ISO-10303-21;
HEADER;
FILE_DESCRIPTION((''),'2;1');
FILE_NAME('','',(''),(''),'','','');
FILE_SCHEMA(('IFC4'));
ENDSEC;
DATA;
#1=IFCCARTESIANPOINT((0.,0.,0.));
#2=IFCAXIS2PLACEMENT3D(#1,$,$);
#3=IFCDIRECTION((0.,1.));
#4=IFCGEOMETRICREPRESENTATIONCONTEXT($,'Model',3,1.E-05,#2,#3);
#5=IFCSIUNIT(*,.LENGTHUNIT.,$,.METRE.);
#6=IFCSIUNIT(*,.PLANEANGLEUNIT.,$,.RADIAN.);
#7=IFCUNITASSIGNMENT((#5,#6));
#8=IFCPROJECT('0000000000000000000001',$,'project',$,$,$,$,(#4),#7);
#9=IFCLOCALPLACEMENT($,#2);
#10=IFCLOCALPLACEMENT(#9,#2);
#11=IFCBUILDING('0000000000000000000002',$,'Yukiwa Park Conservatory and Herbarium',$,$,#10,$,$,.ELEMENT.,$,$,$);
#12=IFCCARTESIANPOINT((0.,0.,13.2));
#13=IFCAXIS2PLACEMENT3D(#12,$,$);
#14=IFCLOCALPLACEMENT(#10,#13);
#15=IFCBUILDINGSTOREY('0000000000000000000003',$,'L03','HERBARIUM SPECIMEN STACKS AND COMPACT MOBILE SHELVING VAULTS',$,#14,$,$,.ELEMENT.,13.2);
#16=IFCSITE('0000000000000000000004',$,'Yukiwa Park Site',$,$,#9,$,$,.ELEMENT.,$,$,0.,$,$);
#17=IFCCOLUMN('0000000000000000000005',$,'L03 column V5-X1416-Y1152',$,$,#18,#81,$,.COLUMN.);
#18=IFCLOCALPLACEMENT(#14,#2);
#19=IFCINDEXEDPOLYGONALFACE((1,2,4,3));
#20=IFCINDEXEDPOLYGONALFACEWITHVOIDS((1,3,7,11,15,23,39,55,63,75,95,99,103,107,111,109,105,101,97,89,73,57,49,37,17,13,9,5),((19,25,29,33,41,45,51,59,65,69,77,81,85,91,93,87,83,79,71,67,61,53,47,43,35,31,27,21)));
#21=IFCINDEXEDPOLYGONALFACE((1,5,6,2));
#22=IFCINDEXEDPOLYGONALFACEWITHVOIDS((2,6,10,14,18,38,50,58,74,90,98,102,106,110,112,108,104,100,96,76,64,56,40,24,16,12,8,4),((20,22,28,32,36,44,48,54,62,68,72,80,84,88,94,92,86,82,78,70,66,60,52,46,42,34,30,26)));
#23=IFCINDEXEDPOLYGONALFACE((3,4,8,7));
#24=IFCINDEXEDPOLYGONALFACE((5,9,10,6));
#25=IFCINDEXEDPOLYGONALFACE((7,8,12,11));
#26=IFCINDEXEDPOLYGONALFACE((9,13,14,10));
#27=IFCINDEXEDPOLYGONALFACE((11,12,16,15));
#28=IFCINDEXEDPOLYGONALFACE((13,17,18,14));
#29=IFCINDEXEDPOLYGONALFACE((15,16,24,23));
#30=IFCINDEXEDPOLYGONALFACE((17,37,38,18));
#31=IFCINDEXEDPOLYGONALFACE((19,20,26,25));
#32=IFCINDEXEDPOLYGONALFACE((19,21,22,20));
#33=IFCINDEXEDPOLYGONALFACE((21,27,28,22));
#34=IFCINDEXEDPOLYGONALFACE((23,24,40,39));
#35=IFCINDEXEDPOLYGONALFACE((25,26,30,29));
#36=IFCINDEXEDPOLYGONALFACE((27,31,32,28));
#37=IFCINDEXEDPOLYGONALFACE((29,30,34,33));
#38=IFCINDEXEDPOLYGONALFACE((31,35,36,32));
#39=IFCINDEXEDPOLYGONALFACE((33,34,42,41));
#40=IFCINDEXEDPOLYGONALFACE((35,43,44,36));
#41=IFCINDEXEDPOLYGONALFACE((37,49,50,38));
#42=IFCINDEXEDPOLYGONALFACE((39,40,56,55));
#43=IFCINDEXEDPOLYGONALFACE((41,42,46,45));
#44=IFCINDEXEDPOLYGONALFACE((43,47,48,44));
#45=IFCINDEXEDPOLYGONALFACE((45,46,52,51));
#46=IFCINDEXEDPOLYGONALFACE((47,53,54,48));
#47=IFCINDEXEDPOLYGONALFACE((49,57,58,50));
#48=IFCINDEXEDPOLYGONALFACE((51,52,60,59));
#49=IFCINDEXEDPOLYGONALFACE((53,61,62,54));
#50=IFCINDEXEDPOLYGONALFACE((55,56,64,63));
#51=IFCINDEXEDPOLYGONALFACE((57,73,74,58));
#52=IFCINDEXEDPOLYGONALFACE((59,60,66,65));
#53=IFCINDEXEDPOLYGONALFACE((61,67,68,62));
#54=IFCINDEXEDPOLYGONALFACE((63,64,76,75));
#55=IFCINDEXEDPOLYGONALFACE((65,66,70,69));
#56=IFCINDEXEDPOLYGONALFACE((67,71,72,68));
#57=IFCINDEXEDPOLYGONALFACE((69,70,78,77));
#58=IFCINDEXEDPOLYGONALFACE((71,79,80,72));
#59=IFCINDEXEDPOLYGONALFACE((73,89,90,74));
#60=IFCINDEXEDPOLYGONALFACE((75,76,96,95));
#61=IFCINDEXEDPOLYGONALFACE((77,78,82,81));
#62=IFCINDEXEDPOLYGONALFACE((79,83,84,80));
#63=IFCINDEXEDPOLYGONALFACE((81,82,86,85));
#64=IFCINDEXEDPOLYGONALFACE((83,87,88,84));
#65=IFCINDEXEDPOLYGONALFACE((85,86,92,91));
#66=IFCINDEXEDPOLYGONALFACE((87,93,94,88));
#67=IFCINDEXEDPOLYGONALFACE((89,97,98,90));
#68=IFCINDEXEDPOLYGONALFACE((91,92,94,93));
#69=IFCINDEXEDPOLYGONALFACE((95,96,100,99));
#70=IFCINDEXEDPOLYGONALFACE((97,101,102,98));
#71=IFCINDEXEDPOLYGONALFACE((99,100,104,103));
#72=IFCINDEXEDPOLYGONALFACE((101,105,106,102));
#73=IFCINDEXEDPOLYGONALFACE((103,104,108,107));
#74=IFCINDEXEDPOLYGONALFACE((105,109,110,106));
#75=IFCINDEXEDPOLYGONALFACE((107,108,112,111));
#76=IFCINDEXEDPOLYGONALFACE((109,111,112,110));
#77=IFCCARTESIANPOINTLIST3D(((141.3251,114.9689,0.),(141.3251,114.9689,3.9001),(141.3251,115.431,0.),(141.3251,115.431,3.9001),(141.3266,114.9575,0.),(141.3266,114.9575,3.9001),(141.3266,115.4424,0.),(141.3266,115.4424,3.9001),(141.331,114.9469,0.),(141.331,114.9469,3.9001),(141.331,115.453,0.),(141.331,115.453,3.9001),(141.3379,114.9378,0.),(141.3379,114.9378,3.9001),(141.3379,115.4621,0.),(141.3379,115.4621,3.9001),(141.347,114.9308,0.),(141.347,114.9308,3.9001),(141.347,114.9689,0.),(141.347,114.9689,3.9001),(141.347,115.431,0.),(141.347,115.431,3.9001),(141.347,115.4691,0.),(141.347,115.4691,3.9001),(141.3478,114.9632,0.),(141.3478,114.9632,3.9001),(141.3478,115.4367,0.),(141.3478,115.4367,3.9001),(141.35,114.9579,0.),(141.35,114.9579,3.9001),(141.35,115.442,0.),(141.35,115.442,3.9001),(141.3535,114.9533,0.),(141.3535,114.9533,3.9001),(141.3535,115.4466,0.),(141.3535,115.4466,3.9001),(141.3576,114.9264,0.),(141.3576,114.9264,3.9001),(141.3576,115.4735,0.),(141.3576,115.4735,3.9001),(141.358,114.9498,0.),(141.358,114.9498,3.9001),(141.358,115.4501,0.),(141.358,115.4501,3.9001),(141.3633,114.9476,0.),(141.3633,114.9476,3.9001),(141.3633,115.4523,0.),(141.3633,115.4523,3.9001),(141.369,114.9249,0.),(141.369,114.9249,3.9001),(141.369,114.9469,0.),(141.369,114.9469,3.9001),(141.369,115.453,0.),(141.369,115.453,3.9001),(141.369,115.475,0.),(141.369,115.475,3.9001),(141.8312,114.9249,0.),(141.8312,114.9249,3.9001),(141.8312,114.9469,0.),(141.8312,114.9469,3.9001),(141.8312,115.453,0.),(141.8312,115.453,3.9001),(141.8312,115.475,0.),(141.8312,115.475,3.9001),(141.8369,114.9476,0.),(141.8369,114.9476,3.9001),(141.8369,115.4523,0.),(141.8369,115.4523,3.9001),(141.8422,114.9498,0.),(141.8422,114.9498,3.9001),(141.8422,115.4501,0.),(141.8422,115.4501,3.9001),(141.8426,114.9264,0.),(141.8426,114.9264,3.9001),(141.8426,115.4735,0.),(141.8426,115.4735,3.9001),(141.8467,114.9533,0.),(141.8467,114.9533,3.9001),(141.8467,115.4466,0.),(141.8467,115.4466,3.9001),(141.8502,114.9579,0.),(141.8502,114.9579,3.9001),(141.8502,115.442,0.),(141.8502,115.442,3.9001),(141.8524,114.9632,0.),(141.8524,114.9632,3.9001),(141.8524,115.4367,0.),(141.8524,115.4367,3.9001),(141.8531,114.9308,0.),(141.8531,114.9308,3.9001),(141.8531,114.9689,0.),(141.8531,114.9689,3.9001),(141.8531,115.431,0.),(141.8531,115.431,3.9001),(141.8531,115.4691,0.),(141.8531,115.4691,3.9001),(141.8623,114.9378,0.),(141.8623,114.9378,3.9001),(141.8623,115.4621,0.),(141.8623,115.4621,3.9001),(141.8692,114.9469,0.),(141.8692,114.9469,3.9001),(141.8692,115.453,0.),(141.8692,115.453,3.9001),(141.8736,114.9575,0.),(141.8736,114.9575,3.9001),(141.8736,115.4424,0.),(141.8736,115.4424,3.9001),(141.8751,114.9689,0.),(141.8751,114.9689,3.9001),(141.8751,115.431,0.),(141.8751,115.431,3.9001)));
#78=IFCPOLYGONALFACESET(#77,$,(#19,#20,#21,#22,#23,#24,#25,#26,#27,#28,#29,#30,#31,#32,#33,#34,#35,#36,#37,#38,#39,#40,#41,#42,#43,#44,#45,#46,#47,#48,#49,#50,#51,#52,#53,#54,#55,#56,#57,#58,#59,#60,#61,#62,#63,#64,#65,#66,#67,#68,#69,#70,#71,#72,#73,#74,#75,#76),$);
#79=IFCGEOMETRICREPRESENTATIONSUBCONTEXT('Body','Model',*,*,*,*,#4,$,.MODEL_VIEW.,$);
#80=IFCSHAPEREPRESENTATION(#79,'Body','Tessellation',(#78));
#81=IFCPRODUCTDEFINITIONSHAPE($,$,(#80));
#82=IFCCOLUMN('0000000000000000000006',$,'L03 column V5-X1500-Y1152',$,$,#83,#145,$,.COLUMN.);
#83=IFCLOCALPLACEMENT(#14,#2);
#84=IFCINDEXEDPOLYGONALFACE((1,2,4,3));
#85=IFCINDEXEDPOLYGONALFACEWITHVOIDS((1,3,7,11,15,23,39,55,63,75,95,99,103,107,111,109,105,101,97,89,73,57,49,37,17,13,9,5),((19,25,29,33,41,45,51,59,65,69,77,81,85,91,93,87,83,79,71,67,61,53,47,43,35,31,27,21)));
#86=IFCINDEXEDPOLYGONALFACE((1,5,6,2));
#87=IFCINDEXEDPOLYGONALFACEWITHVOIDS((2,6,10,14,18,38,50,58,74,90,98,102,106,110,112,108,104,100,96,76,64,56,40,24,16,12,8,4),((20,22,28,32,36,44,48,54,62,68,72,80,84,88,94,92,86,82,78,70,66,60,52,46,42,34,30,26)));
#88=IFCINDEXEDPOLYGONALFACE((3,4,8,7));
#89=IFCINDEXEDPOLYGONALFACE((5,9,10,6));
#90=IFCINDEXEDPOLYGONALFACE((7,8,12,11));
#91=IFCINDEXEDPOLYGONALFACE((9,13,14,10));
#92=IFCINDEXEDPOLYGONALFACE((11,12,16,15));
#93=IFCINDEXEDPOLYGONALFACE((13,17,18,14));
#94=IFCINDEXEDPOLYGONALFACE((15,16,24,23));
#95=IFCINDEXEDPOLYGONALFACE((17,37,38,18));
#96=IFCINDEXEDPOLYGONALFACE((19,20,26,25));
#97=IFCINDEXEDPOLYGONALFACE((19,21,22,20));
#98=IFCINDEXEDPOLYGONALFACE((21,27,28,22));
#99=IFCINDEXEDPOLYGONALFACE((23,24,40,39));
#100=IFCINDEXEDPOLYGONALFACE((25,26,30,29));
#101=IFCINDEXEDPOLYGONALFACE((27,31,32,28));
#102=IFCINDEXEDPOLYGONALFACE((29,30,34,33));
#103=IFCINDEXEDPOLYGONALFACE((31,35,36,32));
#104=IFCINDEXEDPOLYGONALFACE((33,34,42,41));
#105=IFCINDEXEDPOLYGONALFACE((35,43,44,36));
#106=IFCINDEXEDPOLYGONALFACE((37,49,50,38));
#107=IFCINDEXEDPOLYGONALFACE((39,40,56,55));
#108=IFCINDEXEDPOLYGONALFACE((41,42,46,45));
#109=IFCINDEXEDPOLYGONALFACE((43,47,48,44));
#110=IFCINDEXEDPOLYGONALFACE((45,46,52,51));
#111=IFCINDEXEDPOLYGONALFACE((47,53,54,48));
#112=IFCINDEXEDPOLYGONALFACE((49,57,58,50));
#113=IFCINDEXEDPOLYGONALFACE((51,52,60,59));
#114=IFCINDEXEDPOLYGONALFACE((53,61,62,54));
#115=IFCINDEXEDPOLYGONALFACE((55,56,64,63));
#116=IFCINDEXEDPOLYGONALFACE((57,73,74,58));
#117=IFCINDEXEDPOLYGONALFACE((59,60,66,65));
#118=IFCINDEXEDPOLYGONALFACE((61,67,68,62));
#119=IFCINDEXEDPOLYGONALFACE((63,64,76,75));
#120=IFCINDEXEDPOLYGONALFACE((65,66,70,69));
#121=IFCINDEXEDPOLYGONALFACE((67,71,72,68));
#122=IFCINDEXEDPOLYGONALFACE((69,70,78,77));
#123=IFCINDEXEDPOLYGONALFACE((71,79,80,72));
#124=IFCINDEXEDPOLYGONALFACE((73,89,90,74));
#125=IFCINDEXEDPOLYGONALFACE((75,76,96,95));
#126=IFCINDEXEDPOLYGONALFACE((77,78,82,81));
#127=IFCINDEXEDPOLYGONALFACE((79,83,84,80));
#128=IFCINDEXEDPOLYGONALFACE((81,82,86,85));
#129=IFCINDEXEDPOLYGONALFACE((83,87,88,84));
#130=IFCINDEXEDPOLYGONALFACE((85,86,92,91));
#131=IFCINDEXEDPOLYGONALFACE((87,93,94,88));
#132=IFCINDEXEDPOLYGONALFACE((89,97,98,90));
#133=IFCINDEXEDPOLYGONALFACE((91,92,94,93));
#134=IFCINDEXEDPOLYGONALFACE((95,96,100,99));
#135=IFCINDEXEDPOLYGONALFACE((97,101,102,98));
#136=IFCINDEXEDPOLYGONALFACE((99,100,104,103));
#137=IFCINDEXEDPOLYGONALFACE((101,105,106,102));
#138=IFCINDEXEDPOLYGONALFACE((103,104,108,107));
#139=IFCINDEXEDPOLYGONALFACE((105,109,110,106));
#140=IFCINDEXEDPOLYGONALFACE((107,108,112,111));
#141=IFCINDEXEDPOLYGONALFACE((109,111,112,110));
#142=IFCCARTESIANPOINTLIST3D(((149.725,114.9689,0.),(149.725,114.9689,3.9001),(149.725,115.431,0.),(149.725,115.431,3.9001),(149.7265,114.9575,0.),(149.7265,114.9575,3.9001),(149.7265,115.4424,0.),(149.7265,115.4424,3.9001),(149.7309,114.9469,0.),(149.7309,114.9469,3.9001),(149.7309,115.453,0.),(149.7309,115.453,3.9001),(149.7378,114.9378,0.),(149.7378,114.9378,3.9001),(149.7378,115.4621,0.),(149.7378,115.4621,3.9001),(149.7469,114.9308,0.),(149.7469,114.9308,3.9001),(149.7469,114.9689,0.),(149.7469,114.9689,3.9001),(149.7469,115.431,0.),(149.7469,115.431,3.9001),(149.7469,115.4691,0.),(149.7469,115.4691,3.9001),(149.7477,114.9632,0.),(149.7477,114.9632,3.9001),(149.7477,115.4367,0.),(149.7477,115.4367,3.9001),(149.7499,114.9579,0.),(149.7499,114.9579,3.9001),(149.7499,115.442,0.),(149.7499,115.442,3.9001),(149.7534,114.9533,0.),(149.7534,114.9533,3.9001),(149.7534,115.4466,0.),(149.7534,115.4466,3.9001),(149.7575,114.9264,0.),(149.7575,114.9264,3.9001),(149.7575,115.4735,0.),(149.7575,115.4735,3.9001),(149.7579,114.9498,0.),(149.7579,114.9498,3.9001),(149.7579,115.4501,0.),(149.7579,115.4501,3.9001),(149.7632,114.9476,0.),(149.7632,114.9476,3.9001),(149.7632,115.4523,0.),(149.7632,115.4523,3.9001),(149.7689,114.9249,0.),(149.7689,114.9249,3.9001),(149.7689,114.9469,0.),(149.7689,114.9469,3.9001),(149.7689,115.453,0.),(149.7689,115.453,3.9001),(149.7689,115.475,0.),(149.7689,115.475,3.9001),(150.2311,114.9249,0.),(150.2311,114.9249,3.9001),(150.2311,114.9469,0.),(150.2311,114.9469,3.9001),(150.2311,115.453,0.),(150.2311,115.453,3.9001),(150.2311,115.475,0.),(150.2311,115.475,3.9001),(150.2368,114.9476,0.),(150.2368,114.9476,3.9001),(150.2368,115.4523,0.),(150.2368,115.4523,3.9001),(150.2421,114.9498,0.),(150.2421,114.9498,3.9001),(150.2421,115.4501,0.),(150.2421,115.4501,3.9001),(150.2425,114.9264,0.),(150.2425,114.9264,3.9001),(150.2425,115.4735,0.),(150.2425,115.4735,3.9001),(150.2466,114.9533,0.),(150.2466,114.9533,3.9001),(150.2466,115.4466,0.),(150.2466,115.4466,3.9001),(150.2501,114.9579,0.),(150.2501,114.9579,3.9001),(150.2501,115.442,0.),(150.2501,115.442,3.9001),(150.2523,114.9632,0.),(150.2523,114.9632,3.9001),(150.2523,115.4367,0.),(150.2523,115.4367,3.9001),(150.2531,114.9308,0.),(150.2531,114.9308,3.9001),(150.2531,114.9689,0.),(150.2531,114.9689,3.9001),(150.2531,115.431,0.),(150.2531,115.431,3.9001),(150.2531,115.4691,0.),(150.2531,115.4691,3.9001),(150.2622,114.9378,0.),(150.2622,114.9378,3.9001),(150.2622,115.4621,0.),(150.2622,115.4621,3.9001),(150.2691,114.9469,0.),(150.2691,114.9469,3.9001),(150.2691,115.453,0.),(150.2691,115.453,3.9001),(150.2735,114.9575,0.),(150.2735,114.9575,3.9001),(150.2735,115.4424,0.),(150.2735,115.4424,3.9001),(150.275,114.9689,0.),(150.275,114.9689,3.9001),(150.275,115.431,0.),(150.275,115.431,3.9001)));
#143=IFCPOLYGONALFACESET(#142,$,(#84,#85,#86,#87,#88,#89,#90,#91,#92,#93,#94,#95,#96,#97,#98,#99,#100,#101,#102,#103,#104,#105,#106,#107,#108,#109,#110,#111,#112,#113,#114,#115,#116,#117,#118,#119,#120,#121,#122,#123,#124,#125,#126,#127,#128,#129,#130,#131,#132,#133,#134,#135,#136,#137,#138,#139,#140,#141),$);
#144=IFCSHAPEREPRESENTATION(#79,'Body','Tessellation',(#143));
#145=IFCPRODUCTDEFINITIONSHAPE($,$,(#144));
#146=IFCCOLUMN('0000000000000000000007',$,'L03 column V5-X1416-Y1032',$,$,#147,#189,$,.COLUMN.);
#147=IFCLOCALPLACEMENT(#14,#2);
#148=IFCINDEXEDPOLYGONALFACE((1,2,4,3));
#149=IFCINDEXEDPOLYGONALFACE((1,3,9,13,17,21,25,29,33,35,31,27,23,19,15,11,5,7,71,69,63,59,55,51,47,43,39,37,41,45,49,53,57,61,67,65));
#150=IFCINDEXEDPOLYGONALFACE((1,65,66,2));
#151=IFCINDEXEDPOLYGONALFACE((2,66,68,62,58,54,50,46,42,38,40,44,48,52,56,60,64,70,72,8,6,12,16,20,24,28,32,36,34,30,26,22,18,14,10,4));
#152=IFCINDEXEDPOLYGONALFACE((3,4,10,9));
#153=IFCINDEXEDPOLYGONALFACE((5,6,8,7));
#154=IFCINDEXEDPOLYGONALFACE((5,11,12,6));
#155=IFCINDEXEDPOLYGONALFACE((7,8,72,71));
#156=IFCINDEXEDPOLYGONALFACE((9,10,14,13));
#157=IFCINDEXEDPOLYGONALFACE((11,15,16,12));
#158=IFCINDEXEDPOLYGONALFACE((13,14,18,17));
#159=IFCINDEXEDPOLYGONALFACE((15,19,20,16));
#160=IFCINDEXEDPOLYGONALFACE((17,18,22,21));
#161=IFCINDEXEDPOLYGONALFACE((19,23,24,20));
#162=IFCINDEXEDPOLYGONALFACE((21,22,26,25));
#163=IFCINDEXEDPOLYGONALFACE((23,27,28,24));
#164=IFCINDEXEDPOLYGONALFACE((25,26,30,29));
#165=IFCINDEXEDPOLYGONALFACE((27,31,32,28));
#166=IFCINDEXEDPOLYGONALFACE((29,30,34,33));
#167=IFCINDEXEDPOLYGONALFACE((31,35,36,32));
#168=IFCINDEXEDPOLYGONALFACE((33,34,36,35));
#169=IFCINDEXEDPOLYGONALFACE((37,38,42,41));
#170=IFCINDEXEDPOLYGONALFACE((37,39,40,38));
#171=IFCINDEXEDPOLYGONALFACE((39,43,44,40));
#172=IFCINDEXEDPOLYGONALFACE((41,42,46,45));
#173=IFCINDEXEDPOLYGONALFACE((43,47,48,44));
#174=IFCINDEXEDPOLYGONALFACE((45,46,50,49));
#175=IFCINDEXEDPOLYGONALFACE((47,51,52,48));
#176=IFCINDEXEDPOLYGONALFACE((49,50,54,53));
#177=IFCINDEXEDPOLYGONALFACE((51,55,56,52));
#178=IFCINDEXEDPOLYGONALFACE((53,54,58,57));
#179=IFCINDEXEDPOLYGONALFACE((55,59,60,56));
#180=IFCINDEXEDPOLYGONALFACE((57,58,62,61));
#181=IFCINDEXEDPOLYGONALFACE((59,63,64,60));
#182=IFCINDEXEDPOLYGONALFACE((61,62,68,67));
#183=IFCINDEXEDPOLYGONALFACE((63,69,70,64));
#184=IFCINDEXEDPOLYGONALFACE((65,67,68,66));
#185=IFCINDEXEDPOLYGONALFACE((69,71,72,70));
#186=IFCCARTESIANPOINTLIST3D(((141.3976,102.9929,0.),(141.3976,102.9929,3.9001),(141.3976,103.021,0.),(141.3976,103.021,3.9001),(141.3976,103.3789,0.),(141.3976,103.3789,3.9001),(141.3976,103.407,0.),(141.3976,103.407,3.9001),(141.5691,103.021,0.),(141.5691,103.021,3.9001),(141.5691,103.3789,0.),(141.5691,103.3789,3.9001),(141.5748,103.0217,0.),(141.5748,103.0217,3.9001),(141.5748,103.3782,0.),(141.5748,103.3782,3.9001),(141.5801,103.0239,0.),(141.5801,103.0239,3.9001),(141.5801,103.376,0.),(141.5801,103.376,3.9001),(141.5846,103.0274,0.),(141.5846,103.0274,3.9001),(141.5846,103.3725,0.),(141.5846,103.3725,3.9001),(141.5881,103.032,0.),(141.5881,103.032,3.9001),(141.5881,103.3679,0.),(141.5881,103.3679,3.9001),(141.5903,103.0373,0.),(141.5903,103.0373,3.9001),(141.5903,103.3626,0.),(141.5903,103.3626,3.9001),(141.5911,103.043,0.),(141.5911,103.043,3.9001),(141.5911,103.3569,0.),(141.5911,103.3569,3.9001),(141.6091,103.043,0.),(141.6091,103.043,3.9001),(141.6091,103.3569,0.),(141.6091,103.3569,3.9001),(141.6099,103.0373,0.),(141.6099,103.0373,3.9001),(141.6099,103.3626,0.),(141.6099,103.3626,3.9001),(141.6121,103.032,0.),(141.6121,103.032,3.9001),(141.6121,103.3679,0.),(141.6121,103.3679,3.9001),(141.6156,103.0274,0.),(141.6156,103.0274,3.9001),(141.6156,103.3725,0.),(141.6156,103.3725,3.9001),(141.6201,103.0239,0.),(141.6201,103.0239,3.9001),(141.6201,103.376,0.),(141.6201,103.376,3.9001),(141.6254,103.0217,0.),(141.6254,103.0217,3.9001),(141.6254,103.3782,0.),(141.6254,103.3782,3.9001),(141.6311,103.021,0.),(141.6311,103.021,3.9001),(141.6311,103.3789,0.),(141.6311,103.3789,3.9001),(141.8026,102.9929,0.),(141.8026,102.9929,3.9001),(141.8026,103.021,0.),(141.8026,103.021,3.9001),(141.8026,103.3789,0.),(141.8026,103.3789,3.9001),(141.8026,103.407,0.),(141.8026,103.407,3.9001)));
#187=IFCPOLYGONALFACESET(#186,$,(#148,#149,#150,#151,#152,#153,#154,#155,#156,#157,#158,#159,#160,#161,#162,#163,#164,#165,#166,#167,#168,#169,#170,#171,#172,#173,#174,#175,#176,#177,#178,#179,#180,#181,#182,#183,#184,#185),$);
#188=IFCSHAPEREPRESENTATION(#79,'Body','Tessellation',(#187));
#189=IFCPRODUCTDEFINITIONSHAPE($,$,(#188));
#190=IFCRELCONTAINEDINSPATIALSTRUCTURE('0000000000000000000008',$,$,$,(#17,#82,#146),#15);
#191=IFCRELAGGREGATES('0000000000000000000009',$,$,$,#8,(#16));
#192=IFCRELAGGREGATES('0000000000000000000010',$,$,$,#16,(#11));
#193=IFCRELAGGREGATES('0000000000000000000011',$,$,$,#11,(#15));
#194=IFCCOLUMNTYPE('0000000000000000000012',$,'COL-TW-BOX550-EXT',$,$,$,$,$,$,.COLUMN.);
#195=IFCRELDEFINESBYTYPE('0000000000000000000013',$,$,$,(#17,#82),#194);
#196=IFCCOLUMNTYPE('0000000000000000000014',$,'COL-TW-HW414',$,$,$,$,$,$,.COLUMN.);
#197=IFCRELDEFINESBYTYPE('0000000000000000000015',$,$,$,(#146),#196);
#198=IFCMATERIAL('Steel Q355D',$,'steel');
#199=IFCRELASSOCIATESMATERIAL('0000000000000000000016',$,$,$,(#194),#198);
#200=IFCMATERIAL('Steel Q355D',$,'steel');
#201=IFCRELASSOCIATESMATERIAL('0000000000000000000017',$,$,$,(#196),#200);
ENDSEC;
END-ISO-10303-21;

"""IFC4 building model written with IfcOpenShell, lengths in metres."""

from ifc_helpers import new_model, si_unit, direction, frame, origin, origin_2d, place, context, subcontext, project, spatial, hollow_rectangle, i_section, extrude, material, material_profile, profile_set, type_object, element, save


model = new_model("IFC4")

# Units and contexts
model_context = context("Model", 3, precision=1e-05, world=origin(), true_north=direction((0.0, 1.0)))
body_context = subcontext(model_context, "Body", "Model", "MODEL_VIEW")
ifc_project = project(units=[si_unit("LENGTHUNIT", "METRE"), si_unit("PLANEANGLEUNIT", "RADIAN")], contexts=[model_context])

# Site, building, storey
site_placement = place(None, origin())
site = spatial("IfcSite", under=ifc_project, at=site_placement, Name="Yukiwa Park Site", CompositionType="ELEMENT", RefElevation=0.0)
building_placement = place(site_placement, origin())
building = spatial("IfcBuilding", under=site, at=building_placement, Name="Yukiwa Park Conservatory and Herbarium", CompositionType="ELEMENT")
storey_placement = place(building_placement, frame((0.0, 0.0, 13.2)))
storey = spatial("IfcBuildingStorey", under=building, at=storey_placement, Name="L03", Description="HERBARIUM SPECIMEN STACKS AND COMPACT MOBILE SHELVING VAULTS", CompositionType="ELEMENT", Elevation=13.2)

# Columns
ifc_material_1 = material(Name="Steel Q355D", Category="steel")
ifc_material_profile_1 = material_profile(ifc_material_1, hollow_rectangle(XDim=0.55, YDim=0.55, WallThickness=0.022, InnerFilletRadius=0.022, OuterFilletRadius=0.0439, at=origin_2d()), Name="BOX 550x550x22")
ifc_profile_set_1 = profile_set([ifc_material_profile_1], Name="Steel Q355D")
column_type_1 = type_object("IfcColumnType", Name="COL-TW-BOX550-EXT", PredefinedType="COLUMN", material=ifc_profile_set_1)
for number, where, z_axis, x_axis, name in (
    (1, (141.6001, 115.2, 0.0), (0.0, 0.0, 1.0), (1.0, 0.0, 0.0), "L03 column V5-X1416-Y1152"),
    (2, (150.0, 115.2, 0.0), (0.0, 0.0, 1.0), (1.0, 0.0, 0.0), "L03 column V5-X1500-Y1152"),
):
    element("IfcColumn", number, at=place(storey_placement, frame(where, z_axis=z_axis, x_axis=x_axis)), inside=storey, type_object=column_type_1, Name=name, PredefinedType="COLUMN", context=body_context, shape_type="SweptSolid", body=[
        extrude(hollow_rectangle(XDim=0.55, YDim=0.55, WallThickness=0.022, InnerFilletRadius=0.022, OuterFilletRadius=0.0439, at=origin_2d()), origin(), (0.0, 0.0, 1.0), 3.9001),
    ])
ifc_material_2 = material(Name="Steel Q355D", Category="steel")
ifc_material_profile_2 = material_profile(ifc_material_2, i_section(OverallWidth=0.405, OverallDepth=0.4141, WebThickness=0.0181, FlangeThickness=0.0281, FilletRadius=0.022, at=origin_2d()), Name="HW 414x405x18x28")
ifc_profile_set_2 = profile_set([ifc_material_profile_2], Name="Steel Q355D")
column_type_2 = type_object("IfcColumnType", Name="COL-TW-HW414", PredefinedType="COLUMN", material=ifc_profile_set_2)
for number, where, z_axis, x_axis, name in (
    (3, (141.6001, 103.2, 0.0), (0.0, 0.0, 1.0), (1.0, 0.0, 0.0), "L03 column V5-X1416-Y1032"),
):
    element("IfcColumn", number, at=place(storey_placement, frame(where, z_axis=z_axis, x_axis=x_axis)), inside=storey, type_object=column_type_2, Name=name, PredefinedType="COLUMN", context=body_context, shape_type="SweptSolid", body=[
        extrude(i_section(OverallWidth=0.405, OverallDepth=0.4141, WebThickness=0.0181, FlangeThickness=0.0281, FilletRadius=0.022, at=origin_2d()), origin(), (0.0, 0.0, 1.0), 3.9001),
    ])

save(model, "model.ifc")
